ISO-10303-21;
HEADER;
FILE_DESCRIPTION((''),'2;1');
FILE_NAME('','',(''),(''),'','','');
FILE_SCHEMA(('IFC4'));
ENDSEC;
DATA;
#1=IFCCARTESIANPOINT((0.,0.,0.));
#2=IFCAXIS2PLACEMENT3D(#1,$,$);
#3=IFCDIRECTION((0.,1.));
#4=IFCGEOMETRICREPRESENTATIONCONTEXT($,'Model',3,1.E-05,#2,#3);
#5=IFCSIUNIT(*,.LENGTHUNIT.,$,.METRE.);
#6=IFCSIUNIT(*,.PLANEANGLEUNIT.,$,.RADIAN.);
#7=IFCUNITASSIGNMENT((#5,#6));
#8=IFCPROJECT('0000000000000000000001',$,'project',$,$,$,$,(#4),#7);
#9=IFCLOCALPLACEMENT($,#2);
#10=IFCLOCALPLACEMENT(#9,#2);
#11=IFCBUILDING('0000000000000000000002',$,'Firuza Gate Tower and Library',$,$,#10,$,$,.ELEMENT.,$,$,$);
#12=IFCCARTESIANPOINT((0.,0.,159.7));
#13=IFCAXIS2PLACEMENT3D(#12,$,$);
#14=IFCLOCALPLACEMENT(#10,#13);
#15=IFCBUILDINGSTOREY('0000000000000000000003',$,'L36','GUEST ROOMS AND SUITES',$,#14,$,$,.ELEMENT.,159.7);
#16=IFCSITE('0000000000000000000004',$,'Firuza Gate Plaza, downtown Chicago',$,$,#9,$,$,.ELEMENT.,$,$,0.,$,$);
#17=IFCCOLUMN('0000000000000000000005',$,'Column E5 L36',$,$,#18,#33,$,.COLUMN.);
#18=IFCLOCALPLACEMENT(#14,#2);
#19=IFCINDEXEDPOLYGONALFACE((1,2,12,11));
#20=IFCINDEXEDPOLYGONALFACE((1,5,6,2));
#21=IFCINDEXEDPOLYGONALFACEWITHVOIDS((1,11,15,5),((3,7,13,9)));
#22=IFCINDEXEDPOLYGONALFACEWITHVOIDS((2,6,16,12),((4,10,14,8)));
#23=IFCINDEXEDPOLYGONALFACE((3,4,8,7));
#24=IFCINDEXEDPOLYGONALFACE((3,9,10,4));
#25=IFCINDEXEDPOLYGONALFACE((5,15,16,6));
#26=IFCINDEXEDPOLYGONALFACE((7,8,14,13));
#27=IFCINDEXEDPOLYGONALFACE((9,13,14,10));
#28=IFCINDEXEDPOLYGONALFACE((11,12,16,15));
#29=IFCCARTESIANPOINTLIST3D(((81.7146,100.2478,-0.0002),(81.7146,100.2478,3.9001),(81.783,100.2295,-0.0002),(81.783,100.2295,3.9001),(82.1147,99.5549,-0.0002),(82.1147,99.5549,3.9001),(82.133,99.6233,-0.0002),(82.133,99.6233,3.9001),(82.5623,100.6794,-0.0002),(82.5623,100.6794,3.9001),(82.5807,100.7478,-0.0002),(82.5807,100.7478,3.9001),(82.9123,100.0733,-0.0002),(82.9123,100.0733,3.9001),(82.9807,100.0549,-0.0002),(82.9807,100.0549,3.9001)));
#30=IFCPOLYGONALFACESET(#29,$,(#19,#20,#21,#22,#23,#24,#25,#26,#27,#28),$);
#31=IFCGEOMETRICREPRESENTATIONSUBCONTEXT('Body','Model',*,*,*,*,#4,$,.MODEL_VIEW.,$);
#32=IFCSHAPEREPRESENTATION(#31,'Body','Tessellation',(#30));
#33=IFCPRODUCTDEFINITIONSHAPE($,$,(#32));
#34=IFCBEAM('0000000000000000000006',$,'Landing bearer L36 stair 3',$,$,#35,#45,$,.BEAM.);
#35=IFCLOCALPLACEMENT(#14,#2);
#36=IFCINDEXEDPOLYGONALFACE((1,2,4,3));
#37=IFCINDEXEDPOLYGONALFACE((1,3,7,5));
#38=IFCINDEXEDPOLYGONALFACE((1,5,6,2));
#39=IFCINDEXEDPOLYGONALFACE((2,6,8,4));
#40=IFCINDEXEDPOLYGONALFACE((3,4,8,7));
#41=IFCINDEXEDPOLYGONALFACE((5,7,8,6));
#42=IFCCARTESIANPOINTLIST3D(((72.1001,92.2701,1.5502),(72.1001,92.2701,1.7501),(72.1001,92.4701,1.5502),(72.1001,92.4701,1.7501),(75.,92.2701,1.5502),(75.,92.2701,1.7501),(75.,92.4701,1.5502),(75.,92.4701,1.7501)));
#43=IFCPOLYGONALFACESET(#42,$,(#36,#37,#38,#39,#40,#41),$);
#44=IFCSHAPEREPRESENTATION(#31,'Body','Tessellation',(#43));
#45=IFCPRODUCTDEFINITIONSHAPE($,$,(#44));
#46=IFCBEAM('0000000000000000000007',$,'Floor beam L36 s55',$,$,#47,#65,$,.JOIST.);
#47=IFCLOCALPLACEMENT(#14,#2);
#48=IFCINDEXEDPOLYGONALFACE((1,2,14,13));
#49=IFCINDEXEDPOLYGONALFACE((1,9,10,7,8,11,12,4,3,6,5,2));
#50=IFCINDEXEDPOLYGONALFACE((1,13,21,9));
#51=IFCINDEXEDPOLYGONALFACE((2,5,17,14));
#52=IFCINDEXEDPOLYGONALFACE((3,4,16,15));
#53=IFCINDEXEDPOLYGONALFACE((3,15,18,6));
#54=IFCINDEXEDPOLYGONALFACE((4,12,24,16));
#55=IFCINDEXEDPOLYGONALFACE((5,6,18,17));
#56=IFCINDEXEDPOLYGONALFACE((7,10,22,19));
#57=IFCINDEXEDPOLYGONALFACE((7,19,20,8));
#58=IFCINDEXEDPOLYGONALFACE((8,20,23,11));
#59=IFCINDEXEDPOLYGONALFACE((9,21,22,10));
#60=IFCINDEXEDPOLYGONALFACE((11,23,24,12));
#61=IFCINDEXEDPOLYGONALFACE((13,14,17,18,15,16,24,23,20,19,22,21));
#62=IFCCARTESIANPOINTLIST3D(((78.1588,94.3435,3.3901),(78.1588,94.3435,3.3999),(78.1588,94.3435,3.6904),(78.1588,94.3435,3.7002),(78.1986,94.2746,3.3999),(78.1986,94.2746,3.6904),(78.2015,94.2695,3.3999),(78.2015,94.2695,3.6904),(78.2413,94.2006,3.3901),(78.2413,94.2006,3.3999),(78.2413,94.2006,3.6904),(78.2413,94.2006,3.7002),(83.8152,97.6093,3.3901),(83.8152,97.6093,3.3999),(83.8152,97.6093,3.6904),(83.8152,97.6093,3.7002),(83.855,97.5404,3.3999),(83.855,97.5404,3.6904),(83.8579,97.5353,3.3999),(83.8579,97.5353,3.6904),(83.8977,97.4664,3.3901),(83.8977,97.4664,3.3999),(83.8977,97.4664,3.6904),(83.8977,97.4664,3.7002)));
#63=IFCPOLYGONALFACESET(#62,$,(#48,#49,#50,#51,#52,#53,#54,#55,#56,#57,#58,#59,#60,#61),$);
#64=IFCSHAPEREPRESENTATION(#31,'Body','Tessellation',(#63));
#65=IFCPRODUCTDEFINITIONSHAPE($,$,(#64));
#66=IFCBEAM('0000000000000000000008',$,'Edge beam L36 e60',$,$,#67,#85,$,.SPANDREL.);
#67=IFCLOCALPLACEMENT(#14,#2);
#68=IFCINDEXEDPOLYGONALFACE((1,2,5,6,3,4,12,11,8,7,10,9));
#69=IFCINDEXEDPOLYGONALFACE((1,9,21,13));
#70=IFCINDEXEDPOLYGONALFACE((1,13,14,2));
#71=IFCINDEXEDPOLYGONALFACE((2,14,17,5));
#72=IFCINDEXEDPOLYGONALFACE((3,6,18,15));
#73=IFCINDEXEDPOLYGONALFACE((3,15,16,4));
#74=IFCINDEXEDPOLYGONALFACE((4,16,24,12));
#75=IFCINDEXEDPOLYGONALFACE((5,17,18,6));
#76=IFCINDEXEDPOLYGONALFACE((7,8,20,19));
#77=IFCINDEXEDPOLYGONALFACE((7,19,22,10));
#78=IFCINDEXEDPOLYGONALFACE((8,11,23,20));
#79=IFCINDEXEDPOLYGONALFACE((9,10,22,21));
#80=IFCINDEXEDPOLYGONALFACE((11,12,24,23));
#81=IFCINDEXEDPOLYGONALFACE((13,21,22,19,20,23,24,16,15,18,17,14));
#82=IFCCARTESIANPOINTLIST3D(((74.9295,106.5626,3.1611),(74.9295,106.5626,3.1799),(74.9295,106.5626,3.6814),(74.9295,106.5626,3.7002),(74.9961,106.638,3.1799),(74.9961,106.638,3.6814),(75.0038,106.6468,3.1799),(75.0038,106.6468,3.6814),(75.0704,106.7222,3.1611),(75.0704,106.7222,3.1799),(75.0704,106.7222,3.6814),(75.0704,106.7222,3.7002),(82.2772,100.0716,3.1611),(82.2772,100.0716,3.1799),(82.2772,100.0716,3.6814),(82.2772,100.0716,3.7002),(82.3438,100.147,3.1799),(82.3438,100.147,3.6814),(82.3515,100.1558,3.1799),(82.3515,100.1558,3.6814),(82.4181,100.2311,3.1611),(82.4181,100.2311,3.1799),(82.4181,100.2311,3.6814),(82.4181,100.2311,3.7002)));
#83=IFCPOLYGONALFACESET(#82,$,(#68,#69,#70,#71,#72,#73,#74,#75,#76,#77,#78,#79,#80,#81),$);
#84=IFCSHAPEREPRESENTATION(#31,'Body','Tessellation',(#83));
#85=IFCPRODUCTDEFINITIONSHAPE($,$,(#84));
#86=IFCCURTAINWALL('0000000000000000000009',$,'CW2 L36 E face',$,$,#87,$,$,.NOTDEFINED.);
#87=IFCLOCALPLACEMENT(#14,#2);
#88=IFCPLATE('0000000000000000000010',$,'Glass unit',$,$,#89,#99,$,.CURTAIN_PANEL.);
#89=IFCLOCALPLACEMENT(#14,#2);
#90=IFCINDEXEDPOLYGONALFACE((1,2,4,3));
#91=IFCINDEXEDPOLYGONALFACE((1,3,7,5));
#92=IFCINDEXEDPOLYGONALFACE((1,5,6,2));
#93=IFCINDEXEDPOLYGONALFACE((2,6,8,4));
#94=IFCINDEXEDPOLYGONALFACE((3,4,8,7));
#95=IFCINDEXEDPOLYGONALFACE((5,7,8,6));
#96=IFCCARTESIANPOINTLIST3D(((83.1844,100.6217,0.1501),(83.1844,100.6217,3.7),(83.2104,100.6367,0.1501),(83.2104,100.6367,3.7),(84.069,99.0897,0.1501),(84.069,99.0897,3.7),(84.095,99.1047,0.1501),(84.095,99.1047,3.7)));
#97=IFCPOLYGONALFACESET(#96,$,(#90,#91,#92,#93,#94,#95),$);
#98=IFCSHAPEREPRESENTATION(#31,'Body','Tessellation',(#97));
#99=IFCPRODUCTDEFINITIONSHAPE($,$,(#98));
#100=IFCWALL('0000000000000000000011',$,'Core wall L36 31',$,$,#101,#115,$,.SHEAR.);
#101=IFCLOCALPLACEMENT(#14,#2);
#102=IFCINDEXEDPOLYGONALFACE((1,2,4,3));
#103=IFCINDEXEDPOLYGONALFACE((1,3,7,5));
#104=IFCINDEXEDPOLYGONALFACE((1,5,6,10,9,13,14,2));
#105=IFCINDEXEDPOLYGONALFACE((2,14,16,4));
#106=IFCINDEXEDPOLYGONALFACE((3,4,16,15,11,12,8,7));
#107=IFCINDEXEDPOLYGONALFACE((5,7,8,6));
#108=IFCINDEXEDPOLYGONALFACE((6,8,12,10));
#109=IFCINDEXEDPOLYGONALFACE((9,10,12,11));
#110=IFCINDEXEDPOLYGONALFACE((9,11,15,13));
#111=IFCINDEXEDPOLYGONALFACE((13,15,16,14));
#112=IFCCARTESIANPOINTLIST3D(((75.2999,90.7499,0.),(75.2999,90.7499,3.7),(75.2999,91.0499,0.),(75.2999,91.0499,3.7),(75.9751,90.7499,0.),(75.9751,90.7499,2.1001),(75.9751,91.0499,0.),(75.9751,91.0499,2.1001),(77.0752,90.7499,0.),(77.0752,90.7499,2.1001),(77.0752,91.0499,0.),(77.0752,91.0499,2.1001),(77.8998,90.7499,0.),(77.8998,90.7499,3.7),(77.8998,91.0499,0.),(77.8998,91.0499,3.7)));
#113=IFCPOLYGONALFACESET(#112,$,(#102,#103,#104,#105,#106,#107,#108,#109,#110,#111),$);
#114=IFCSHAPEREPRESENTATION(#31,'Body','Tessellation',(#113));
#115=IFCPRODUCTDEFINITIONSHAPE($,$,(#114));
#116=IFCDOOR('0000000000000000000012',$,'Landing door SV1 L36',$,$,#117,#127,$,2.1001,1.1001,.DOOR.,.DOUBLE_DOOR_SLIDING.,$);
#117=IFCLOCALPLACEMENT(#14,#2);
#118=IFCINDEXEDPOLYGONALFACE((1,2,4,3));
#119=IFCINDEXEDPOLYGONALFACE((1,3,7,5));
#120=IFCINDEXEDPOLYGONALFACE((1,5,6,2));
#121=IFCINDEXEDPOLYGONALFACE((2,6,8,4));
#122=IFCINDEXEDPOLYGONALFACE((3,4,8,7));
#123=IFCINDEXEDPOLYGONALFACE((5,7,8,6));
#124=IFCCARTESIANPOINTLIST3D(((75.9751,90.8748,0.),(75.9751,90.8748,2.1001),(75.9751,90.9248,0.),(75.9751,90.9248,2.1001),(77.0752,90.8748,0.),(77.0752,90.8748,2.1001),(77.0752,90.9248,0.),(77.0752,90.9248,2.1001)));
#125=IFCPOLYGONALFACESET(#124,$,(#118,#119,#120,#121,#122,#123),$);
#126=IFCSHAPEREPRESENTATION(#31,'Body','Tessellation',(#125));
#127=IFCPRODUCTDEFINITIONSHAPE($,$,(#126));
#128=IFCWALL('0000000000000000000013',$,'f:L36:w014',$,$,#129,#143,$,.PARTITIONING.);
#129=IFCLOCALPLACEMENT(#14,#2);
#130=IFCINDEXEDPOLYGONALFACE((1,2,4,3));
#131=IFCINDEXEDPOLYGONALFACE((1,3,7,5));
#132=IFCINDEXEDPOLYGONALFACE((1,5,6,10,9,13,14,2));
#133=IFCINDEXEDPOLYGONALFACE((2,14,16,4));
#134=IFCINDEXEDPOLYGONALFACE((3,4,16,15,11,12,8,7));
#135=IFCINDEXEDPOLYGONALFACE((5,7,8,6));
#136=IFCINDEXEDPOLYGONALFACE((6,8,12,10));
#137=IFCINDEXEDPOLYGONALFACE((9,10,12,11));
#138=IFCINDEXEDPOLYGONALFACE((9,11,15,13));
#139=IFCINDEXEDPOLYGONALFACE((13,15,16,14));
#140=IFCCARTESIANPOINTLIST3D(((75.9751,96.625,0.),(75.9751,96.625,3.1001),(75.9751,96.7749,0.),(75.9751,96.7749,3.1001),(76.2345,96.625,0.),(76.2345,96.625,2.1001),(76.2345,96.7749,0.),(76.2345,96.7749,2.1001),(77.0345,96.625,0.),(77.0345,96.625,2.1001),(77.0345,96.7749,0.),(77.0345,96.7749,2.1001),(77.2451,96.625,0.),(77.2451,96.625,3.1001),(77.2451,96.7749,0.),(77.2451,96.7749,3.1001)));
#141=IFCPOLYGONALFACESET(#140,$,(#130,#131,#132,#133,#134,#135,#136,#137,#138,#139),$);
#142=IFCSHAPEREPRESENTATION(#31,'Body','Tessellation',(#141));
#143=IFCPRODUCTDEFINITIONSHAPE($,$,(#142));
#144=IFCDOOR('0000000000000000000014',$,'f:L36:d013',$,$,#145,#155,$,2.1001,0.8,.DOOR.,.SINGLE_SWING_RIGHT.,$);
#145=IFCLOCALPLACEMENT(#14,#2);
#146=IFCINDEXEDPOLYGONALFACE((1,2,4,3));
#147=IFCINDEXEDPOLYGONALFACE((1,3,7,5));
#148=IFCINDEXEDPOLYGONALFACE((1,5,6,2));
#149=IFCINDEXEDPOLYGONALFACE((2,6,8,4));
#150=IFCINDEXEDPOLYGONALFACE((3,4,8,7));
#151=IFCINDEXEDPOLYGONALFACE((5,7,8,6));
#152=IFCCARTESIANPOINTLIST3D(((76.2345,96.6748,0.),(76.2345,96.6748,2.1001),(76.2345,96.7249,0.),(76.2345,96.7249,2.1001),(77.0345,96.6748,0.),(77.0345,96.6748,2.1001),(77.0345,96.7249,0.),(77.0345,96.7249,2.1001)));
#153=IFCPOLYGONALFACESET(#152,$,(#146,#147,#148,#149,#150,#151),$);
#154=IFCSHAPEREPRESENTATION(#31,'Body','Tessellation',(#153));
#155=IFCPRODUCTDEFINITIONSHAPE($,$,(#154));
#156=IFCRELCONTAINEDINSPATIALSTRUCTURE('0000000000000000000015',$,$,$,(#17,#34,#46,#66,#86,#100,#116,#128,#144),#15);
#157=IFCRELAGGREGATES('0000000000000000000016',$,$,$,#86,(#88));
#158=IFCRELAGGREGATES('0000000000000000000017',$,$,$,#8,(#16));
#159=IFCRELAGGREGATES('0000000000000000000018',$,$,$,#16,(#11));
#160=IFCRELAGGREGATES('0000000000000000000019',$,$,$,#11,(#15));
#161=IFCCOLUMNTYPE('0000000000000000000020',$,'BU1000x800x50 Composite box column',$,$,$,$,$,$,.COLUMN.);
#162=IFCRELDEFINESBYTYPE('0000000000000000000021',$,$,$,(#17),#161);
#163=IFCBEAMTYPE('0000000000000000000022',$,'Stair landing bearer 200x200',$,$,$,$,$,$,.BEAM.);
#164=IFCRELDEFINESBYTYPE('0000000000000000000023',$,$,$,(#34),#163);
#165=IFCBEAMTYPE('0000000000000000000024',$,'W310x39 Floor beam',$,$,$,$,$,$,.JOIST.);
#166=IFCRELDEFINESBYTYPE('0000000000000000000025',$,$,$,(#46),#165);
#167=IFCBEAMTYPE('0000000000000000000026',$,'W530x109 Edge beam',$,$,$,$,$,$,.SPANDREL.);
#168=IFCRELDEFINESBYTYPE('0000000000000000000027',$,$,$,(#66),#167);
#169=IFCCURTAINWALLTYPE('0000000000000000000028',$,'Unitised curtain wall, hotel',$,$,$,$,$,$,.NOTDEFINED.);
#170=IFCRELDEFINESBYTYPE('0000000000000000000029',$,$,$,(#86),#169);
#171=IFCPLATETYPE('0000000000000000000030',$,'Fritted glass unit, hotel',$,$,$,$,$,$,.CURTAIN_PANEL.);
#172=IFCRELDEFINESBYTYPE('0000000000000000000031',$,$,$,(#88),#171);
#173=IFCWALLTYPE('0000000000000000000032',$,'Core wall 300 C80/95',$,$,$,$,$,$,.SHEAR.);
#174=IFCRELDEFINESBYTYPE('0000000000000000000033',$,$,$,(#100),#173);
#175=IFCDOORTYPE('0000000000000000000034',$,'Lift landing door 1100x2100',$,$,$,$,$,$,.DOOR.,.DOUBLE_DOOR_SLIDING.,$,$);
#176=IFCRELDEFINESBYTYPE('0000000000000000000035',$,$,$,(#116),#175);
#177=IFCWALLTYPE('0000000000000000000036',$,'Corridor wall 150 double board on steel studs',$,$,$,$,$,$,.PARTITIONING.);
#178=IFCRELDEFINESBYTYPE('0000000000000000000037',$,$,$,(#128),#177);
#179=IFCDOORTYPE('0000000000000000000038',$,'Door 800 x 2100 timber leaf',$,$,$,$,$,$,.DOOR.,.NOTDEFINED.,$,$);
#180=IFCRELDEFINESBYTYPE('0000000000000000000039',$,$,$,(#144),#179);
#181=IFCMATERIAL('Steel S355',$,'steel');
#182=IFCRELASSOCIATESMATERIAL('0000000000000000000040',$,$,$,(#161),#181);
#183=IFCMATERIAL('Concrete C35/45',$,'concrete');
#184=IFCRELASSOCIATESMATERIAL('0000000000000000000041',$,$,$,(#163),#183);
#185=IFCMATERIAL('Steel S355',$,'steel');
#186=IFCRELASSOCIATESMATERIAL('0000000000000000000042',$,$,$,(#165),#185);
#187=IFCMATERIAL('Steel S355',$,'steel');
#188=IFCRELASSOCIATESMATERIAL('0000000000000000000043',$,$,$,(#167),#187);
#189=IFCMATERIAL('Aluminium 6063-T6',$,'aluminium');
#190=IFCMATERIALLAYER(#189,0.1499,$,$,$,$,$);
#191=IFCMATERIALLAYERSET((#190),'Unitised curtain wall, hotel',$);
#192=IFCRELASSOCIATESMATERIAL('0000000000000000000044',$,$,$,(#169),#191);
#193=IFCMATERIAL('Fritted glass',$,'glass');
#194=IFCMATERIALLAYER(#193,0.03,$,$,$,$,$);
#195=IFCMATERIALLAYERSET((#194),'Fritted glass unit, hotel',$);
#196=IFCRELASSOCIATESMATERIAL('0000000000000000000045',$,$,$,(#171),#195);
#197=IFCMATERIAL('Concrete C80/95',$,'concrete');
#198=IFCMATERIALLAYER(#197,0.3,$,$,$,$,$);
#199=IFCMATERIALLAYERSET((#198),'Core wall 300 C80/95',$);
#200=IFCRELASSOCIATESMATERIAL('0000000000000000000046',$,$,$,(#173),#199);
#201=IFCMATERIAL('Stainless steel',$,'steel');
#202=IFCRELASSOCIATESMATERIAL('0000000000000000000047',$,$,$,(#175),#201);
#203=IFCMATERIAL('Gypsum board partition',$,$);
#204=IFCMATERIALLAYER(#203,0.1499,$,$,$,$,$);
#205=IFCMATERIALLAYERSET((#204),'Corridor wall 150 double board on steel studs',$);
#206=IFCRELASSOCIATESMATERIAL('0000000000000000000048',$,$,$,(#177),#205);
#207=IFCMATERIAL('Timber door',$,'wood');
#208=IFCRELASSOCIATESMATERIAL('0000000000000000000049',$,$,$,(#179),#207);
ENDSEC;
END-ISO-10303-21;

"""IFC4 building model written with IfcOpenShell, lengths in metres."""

from ifc_helpers import new_model, si_unit, direction, frame, frame_2d, origin, origin_2d, place, context, subcontext, project, spatial, polyline, rectangle, hollow_rectangle, i_section, outline, extrude, material, layer, layer_set, material_profile, profile_set, type_object, element, fill, aggregate, save


model = new_model("IFC4")

# Units and contexts
model_context = context("Model", 3, precision=1e-05, world=origin(), true_north=direction((0.0, 1.0)))
body_context = subcontext(model_context, "Body", "Model", "MODEL_VIEW")
ifc_project = project(units=[si_unit("LENGTHUNIT", "METRE"), si_unit("PLANEANGLEUNIT", "RADIAN")], contexts=[model_context])

# Site, building, storey
site_placement = place(None, origin())
site = spatial("IfcSite", under=ifc_project, at=site_placement, Name="Firuza Gate Plaza, downtown Chicago", CompositionType="ELEMENT", RefElevation=0.0)
building_placement = place(site_placement, origin())
building = spatial("IfcBuilding", under=site, at=building_placement, Name="Firuza Gate Tower and Library", CompositionType="ELEMENT")
storey_placement = place(building_placement, frame((0.0, 0.0, 159.7)))
storey = spatial("IfcBuildingStorey", under=building, at=storey_placement, Name="L36", Description="GUEST ROOMS AND SUITES", CompositionType="ELEMENT", Elevation=159.7)

# Column
ifc_material_1 = material(Name="Steel S355", Category="steel")
ifc_material_profile_1 = material_profile(ifc_material_1, hollow_rectangle(XDim=0.8, YDim=1.0, WallThickness=0.05, at=origin_2d()))
ifc_profile_set_1 = profile_set([ifc_material_profile_1], Name="Steel S355")
column_type = type_object("IfcColumnType", Name="BU1000x800x50 Composite box column", PredefinedType="COLUMN", material=ifc_profile_set_1)
column_placement = place(storey_placement, frame((82.3477, 100.1514, -0.0002), z_axis=(0.0, 0.0, 1.0), x_axis=(-0.5, 0.866025, 0.0)))
element("IfcColumn", 1, at=column_placement, inside=storey, type_object=column_type, Name="Column E5 L36", PredefinedType="COLUMN", context=body_context, shape_type="SweptSolid", body=[
    extrude(hollow_rectangle(XDim=0.8, YDim=1.0, WallThickness=0.05, at=origin_2d()), origin(), (0.0, 0.0, 1.0), 3.9004),
])

# Beams
ifc_material_2 = material(Name="Concrete C35/45", Category="concrete")
ifc_material_profile_2 = material_profile(ifc_material_2, rectangle(XDim=0.2, YDim=0.2, at=origin_2d()))
ifc_profile_set_2 = profile_set([ifc_material_profile_2], Name="Concrete C35/45")
beam_type_1 = type_object("IfcBeamType", Name="Stair landing bearer 200x200", PredefinedType="BEAM", material=ifc_profile_set_2)
beam_1_placement = place(storey_placement, frame((75.0, 92.3701, 1.6501), z_axis=(-1.0, 0.0, 0.0), x_axis=(0.0, -1.0, 0.0)))
element("IfcBeam", 2, at=beam_1_placement, inside=storey, type_object=beam_type_1, Name="Landing bearer L36 stair 3", PredefinedType="BEAM", context=body_context, shape_type="SweptSolid", body=[
    extrude(rectangle(XDim=0.2, YDim=0.2, at=origin_2d()), origin(), (0.0, 0.0, 1.0), 2.8999),
])
ifc_material_3 = material(Name="Steel S355", Category="steel")
ifc_material_profile_3 = material_profile(ifc_material_3, i_section(OverallWidth=0.165, OverallDepth=0.3101, WebThickness=0.0059, FlangeThickness=0.0098, at=origin_2d()))
ifc_profile_set_3 = profile_set([ifc_material_profile_3], Name="Steel S355")
beam_type_2 = type_object("IfcBeamType", Name="W310x39 Floor beam", PredefinedType="JOIST", material=ifc_profile_set_3)
beam_2_placement = place(storey_placement, frame((83.8564, 97.5378, 3.5452), z_axis=(-0.866019, -0.50001, 0.0), x_axis=(0.50001, -0.866019, 0.0)))
element("IfcBeam", 3, at=beam_2_placement, inside=storey, type_object=beam_type_2, Name="Floor beam L36 s55", PredefinedType="JOIST", context=body_context, shape_type="SweptSolid", body=[
    extrude(i_section(OverallWidth=0.165, OverallDepth=0.3101, WebThickness=0.0059, FlangeThickness=0.0098, at=origin_2d()), origin(), (0.0, 0.0, 1.0), 6.5315),
])
ifc_material_4 = material(Name="Steel S355", Category="steel")
ifc_material_profile_4 = material_profile(ifc_material_4, i_section(OverallWidth=0.2129, OverallDepth=0.5391, WebThickness=0.0117, FlangeThickness=0.0188, at=origin_2d()))
ifc_profile_set_4 = profile_set([ifc_material_profile_4], Name="Steel S355")
beam_type_3 = type_object("IfcBeamType", Name="W530x109 Edge beam", PredefinedType="SPANDREL", material=ifc_profile_set_4)
beam_3_placement = place(storey_placement, frame((82.3477, 100.1514, 3.4307), z_axis=(-0.749446, 0.662065, 0.0), x_axis=(-0.662065, -0.749446, 0.0)))
element("IfcBeam", 4, at=beam_3_placement, inside=storey, type_object=beam_type_3, Name="Edge beam L36 e60", PredefinedType="SPANDREL", context=body_context, shape_type="SweptSolid", body=[
    extrude(i_section(OverallWidth=0.2129, OverallDepth=0.5391, WebThickness=0.0117, FlangeThickness=0.0188, at=origin_2d()), origin(), (0.0, 0.0, 1.0), 9.8042),
])

# Curtain wall, plate
ifc_material_5 = material(Name="Aluminium 6063-T6", Category="aluminium")
ifc_layer_1 = layer(ifc_material_5, 0.1499)
ifc_layer_set_1 = layer_set([ifc_layer_1], Name="Unitised curtain wall, hotel")
curtain_wall_type = type_object("IfcCurtainWallType", Name="Unitised curtain wall, hotel", PredefinedType="NOTDEFINED", material=ifc_layer_set_1)
curtain_wall_placement = place(storey_placement, origin())
curtain_wall = element("IfcCurtainWall", 5, at=curtain_wall_placement, inside=storey, type_object=curtain_wall_type, Name="CW2 L36 E face", PredefinedType="NOTDEFINED")
ifc_material_6 = material(Name="Fritted glass", Category="glass")
ifc_layer_2 = layer(ifc_material_6, 0.03)
ifc_layer_set_2 = layer_set([ifc_layer_2], Name="Fritted glass unit, hotel")
plate_type = type_object("IfcPlateType", Name="Fritted glass unit, hotel", PredefinedType="CURTAIN_PANEL", material=ifc_layer_set_2)
plate_placement = place(storey_placement, frame((84.095, 99.1047, 0.1501), z_axis=(0.866018, 0.500013, 0.0), x_axis=(-0.500013, 0.866018, 0.0)))
plate = element("IfcPlate", 6, at=plate_placement, type_object=plate_type, Name="Glass unit", PredefinedType="CURTAIN_PANEL", context=body_context, shape_type="SweptSolid", body=[
    extrude(outline(polyline([(0.0, 0.0), (1.769, 0.0), (1.769, 3.5498), (0.0, 3.5498), (0.0, 0.0)])), origin(), (0.0, 0.0, -1.0), 0.03),
])
aggregate(curtain_wall, [plate])

# Walls, openings, doors
ifc_material_7 = material(Name="Concrete C80/95", Category="concrete")
ifc_layer_3 = layer(ifc_material_7, 0.3)
ifc_layer_set_3 = layer_set([ifc_layer_3], Name="Core wall 300 C80/95")
wall_type_1 = type_object("IfcWallType", Name="Core wall 300 C80/95", PredefinedType="SHEAR", material=ifc_layer_set_3)
wall_1_placement = place(storey_placement, frame((75.3, 90.8999, 0.0), z_axis=(0.0, 0.0, 1.0), x_axis=(1.0, 0.0, 0.0)))
wall_1 = element("IfcWall", 7, at=wall_1_placement, inside=storey, type_object=wall_type_1, Name="Core wall L36 31", PredefinedType="SHEAR", context=body_context, shape_type="SweptSolid", body=[
    extrude(rectangle(XDim=2.5999, YDim=0.3, at=frame_2d((1.2998, 0.0))), origin(), (0.0, 0.0, 1.0), 3.7),
])
opening_1_placement = place(wall_1_placement, frame((0.675, 0.0, 0.0)))
opening_1 = element("IfcOpeningElement", 8, at=opening_1_placement, cuts=wall_1, PredefinedType="OPENING", context=body_context, shape_type="SweptSolid", body=[
    extrude(rectangle(XDim=1.1001, YDim=2.1001, at=frame_2d((0.55, 1.05))), frame((0.0, 0.1602, 0.0), z_axis=(0.0, -1.0, 0.0), x_axis=(1.0, 0.0, 0.0)), (0.0, 0.0, 1.0), 0.3201),
])
ifc_material_8 = material(Name="Stainless steel", Category="steel")
door_type_1 = type_object("IfcDoorType", Name="Lift landing door 1100x2100", OperationType="DOUBLE_DOOR_SLIDING", PredefinedType="DOOR", material=ifc_material_8)
door_1_placement = place(opening_1_placement, origin())
door_1 = element("IfcDoor", 9, at=door_1_placement, inside=storey, type_object=door_type_1, Name="Landing door SV1 L36", OperationType="DOUBLE_DOOR_SLIDING", OverallHeight=2.1001, OverallWidth=1.1001, PredefinedType="DOOR", context=body_context, shape_type="SweptSolid", body=[
    extrude(rectangle(XDim=1.1001, YDim=2.1001, at=frame_2d((0.55, 1.05))), frame((0.0, 0.0249, 0.0), z_axis=(0.0, -1.0, 0.0), x_axis=(1.0, 0.0, 0.0)), (0.0, 0.0, 1.0), 0.05),
])
fill(opening_1, door_1)
ifc_material_9 = material(Name="Gypsum board partition")
ifc_layer_4 = layer(ifc_material_9, 0.1499)
ifc_layer_set_4 = layer_set([ifc_layer_4], Name="Corridor wall 150 double board on steel studs")
wall_type_2 = type_object("IfcWallType", Name="Corridor wall 150 double board on steel studs", PredefinedType="PARTITIONING", material=ifc_layer_set_4)
wall_2_placement = place(storey_placement, frame((75.9751, 96.7, 0.0), z_axis=(0.0, 0.0, 1.0), x_axis=(1.0, 0.0, 0.0)))
wall_2 = element("IfcWall", 10, at=wall_2_placement, inside=storey, type_object=wall_type_2, Name="f:L36:w014", PredefinedType="PARTITIONING", context=body_context, shape_type="SweptSolid", body=[
    extrude(rectangle(XDim=1.27, YDim=0.1499, at=frame_2d((0.635, 0.0))), origin(), (0.0, 0.0, 1.0), 3.1001),
])
opening_2_placement = place(wall_2_placement, frame((0.2595, 0.0, 0.0)))
opening_2 = element("IfcOpeningElement", 11, at=opening_2_placement, cuts=wall_2, PredefinedType="OPENING", context=body_context, shape_type="SweptSolid", body=[
    extrude(rectangle(XDim=0.8, YDim=2.1001, at=frame_2d((0.3999, 1.05))), frame((0.0, 0.085, 0.0), z_axis=(0.0, -1.0, 0.0), x_axis=(1.0, 0.0, 0.0)), (0.0, 0.0, 1.0), 0.1699),
])
ifc_material_10 = material(Name="Timber door", Category="wood")
door_type_2 = type_object("IfcDoorType", Name="Door 800 x 2100 timber leaf", OperationType="NOTDEFINED", PredefinedType="DOOR", material=ifc_material_10)
door_2_placement = place(opening_2_placement, origin())
door_2 = element("IfcDoor", 12, at=door_2_placement, inside=storey, type_object=door_type_2, Name="f:L36:d013", OperationType="SINGLE_SWING_RIGHT", OverallHeight=2.1001, OverallWidth=0.8, PredefinedType="DOOR", context=body_context, shape_type="SweptSolid", body=[
    extrude(rectangle(XDim=0.8, YDim=2.1001, at=frame_2d((0.3999, 1.05))), frame((0.0, 0.0249, 0.0), z_axis=(0.0, -1.0, 0.0), x_axis=(1.0, 0.0, 0.0)), (0.0, 0.0, 1.0), 0.05),
])
fill(opening_2, door_2)

save(model, "model.ifc")
